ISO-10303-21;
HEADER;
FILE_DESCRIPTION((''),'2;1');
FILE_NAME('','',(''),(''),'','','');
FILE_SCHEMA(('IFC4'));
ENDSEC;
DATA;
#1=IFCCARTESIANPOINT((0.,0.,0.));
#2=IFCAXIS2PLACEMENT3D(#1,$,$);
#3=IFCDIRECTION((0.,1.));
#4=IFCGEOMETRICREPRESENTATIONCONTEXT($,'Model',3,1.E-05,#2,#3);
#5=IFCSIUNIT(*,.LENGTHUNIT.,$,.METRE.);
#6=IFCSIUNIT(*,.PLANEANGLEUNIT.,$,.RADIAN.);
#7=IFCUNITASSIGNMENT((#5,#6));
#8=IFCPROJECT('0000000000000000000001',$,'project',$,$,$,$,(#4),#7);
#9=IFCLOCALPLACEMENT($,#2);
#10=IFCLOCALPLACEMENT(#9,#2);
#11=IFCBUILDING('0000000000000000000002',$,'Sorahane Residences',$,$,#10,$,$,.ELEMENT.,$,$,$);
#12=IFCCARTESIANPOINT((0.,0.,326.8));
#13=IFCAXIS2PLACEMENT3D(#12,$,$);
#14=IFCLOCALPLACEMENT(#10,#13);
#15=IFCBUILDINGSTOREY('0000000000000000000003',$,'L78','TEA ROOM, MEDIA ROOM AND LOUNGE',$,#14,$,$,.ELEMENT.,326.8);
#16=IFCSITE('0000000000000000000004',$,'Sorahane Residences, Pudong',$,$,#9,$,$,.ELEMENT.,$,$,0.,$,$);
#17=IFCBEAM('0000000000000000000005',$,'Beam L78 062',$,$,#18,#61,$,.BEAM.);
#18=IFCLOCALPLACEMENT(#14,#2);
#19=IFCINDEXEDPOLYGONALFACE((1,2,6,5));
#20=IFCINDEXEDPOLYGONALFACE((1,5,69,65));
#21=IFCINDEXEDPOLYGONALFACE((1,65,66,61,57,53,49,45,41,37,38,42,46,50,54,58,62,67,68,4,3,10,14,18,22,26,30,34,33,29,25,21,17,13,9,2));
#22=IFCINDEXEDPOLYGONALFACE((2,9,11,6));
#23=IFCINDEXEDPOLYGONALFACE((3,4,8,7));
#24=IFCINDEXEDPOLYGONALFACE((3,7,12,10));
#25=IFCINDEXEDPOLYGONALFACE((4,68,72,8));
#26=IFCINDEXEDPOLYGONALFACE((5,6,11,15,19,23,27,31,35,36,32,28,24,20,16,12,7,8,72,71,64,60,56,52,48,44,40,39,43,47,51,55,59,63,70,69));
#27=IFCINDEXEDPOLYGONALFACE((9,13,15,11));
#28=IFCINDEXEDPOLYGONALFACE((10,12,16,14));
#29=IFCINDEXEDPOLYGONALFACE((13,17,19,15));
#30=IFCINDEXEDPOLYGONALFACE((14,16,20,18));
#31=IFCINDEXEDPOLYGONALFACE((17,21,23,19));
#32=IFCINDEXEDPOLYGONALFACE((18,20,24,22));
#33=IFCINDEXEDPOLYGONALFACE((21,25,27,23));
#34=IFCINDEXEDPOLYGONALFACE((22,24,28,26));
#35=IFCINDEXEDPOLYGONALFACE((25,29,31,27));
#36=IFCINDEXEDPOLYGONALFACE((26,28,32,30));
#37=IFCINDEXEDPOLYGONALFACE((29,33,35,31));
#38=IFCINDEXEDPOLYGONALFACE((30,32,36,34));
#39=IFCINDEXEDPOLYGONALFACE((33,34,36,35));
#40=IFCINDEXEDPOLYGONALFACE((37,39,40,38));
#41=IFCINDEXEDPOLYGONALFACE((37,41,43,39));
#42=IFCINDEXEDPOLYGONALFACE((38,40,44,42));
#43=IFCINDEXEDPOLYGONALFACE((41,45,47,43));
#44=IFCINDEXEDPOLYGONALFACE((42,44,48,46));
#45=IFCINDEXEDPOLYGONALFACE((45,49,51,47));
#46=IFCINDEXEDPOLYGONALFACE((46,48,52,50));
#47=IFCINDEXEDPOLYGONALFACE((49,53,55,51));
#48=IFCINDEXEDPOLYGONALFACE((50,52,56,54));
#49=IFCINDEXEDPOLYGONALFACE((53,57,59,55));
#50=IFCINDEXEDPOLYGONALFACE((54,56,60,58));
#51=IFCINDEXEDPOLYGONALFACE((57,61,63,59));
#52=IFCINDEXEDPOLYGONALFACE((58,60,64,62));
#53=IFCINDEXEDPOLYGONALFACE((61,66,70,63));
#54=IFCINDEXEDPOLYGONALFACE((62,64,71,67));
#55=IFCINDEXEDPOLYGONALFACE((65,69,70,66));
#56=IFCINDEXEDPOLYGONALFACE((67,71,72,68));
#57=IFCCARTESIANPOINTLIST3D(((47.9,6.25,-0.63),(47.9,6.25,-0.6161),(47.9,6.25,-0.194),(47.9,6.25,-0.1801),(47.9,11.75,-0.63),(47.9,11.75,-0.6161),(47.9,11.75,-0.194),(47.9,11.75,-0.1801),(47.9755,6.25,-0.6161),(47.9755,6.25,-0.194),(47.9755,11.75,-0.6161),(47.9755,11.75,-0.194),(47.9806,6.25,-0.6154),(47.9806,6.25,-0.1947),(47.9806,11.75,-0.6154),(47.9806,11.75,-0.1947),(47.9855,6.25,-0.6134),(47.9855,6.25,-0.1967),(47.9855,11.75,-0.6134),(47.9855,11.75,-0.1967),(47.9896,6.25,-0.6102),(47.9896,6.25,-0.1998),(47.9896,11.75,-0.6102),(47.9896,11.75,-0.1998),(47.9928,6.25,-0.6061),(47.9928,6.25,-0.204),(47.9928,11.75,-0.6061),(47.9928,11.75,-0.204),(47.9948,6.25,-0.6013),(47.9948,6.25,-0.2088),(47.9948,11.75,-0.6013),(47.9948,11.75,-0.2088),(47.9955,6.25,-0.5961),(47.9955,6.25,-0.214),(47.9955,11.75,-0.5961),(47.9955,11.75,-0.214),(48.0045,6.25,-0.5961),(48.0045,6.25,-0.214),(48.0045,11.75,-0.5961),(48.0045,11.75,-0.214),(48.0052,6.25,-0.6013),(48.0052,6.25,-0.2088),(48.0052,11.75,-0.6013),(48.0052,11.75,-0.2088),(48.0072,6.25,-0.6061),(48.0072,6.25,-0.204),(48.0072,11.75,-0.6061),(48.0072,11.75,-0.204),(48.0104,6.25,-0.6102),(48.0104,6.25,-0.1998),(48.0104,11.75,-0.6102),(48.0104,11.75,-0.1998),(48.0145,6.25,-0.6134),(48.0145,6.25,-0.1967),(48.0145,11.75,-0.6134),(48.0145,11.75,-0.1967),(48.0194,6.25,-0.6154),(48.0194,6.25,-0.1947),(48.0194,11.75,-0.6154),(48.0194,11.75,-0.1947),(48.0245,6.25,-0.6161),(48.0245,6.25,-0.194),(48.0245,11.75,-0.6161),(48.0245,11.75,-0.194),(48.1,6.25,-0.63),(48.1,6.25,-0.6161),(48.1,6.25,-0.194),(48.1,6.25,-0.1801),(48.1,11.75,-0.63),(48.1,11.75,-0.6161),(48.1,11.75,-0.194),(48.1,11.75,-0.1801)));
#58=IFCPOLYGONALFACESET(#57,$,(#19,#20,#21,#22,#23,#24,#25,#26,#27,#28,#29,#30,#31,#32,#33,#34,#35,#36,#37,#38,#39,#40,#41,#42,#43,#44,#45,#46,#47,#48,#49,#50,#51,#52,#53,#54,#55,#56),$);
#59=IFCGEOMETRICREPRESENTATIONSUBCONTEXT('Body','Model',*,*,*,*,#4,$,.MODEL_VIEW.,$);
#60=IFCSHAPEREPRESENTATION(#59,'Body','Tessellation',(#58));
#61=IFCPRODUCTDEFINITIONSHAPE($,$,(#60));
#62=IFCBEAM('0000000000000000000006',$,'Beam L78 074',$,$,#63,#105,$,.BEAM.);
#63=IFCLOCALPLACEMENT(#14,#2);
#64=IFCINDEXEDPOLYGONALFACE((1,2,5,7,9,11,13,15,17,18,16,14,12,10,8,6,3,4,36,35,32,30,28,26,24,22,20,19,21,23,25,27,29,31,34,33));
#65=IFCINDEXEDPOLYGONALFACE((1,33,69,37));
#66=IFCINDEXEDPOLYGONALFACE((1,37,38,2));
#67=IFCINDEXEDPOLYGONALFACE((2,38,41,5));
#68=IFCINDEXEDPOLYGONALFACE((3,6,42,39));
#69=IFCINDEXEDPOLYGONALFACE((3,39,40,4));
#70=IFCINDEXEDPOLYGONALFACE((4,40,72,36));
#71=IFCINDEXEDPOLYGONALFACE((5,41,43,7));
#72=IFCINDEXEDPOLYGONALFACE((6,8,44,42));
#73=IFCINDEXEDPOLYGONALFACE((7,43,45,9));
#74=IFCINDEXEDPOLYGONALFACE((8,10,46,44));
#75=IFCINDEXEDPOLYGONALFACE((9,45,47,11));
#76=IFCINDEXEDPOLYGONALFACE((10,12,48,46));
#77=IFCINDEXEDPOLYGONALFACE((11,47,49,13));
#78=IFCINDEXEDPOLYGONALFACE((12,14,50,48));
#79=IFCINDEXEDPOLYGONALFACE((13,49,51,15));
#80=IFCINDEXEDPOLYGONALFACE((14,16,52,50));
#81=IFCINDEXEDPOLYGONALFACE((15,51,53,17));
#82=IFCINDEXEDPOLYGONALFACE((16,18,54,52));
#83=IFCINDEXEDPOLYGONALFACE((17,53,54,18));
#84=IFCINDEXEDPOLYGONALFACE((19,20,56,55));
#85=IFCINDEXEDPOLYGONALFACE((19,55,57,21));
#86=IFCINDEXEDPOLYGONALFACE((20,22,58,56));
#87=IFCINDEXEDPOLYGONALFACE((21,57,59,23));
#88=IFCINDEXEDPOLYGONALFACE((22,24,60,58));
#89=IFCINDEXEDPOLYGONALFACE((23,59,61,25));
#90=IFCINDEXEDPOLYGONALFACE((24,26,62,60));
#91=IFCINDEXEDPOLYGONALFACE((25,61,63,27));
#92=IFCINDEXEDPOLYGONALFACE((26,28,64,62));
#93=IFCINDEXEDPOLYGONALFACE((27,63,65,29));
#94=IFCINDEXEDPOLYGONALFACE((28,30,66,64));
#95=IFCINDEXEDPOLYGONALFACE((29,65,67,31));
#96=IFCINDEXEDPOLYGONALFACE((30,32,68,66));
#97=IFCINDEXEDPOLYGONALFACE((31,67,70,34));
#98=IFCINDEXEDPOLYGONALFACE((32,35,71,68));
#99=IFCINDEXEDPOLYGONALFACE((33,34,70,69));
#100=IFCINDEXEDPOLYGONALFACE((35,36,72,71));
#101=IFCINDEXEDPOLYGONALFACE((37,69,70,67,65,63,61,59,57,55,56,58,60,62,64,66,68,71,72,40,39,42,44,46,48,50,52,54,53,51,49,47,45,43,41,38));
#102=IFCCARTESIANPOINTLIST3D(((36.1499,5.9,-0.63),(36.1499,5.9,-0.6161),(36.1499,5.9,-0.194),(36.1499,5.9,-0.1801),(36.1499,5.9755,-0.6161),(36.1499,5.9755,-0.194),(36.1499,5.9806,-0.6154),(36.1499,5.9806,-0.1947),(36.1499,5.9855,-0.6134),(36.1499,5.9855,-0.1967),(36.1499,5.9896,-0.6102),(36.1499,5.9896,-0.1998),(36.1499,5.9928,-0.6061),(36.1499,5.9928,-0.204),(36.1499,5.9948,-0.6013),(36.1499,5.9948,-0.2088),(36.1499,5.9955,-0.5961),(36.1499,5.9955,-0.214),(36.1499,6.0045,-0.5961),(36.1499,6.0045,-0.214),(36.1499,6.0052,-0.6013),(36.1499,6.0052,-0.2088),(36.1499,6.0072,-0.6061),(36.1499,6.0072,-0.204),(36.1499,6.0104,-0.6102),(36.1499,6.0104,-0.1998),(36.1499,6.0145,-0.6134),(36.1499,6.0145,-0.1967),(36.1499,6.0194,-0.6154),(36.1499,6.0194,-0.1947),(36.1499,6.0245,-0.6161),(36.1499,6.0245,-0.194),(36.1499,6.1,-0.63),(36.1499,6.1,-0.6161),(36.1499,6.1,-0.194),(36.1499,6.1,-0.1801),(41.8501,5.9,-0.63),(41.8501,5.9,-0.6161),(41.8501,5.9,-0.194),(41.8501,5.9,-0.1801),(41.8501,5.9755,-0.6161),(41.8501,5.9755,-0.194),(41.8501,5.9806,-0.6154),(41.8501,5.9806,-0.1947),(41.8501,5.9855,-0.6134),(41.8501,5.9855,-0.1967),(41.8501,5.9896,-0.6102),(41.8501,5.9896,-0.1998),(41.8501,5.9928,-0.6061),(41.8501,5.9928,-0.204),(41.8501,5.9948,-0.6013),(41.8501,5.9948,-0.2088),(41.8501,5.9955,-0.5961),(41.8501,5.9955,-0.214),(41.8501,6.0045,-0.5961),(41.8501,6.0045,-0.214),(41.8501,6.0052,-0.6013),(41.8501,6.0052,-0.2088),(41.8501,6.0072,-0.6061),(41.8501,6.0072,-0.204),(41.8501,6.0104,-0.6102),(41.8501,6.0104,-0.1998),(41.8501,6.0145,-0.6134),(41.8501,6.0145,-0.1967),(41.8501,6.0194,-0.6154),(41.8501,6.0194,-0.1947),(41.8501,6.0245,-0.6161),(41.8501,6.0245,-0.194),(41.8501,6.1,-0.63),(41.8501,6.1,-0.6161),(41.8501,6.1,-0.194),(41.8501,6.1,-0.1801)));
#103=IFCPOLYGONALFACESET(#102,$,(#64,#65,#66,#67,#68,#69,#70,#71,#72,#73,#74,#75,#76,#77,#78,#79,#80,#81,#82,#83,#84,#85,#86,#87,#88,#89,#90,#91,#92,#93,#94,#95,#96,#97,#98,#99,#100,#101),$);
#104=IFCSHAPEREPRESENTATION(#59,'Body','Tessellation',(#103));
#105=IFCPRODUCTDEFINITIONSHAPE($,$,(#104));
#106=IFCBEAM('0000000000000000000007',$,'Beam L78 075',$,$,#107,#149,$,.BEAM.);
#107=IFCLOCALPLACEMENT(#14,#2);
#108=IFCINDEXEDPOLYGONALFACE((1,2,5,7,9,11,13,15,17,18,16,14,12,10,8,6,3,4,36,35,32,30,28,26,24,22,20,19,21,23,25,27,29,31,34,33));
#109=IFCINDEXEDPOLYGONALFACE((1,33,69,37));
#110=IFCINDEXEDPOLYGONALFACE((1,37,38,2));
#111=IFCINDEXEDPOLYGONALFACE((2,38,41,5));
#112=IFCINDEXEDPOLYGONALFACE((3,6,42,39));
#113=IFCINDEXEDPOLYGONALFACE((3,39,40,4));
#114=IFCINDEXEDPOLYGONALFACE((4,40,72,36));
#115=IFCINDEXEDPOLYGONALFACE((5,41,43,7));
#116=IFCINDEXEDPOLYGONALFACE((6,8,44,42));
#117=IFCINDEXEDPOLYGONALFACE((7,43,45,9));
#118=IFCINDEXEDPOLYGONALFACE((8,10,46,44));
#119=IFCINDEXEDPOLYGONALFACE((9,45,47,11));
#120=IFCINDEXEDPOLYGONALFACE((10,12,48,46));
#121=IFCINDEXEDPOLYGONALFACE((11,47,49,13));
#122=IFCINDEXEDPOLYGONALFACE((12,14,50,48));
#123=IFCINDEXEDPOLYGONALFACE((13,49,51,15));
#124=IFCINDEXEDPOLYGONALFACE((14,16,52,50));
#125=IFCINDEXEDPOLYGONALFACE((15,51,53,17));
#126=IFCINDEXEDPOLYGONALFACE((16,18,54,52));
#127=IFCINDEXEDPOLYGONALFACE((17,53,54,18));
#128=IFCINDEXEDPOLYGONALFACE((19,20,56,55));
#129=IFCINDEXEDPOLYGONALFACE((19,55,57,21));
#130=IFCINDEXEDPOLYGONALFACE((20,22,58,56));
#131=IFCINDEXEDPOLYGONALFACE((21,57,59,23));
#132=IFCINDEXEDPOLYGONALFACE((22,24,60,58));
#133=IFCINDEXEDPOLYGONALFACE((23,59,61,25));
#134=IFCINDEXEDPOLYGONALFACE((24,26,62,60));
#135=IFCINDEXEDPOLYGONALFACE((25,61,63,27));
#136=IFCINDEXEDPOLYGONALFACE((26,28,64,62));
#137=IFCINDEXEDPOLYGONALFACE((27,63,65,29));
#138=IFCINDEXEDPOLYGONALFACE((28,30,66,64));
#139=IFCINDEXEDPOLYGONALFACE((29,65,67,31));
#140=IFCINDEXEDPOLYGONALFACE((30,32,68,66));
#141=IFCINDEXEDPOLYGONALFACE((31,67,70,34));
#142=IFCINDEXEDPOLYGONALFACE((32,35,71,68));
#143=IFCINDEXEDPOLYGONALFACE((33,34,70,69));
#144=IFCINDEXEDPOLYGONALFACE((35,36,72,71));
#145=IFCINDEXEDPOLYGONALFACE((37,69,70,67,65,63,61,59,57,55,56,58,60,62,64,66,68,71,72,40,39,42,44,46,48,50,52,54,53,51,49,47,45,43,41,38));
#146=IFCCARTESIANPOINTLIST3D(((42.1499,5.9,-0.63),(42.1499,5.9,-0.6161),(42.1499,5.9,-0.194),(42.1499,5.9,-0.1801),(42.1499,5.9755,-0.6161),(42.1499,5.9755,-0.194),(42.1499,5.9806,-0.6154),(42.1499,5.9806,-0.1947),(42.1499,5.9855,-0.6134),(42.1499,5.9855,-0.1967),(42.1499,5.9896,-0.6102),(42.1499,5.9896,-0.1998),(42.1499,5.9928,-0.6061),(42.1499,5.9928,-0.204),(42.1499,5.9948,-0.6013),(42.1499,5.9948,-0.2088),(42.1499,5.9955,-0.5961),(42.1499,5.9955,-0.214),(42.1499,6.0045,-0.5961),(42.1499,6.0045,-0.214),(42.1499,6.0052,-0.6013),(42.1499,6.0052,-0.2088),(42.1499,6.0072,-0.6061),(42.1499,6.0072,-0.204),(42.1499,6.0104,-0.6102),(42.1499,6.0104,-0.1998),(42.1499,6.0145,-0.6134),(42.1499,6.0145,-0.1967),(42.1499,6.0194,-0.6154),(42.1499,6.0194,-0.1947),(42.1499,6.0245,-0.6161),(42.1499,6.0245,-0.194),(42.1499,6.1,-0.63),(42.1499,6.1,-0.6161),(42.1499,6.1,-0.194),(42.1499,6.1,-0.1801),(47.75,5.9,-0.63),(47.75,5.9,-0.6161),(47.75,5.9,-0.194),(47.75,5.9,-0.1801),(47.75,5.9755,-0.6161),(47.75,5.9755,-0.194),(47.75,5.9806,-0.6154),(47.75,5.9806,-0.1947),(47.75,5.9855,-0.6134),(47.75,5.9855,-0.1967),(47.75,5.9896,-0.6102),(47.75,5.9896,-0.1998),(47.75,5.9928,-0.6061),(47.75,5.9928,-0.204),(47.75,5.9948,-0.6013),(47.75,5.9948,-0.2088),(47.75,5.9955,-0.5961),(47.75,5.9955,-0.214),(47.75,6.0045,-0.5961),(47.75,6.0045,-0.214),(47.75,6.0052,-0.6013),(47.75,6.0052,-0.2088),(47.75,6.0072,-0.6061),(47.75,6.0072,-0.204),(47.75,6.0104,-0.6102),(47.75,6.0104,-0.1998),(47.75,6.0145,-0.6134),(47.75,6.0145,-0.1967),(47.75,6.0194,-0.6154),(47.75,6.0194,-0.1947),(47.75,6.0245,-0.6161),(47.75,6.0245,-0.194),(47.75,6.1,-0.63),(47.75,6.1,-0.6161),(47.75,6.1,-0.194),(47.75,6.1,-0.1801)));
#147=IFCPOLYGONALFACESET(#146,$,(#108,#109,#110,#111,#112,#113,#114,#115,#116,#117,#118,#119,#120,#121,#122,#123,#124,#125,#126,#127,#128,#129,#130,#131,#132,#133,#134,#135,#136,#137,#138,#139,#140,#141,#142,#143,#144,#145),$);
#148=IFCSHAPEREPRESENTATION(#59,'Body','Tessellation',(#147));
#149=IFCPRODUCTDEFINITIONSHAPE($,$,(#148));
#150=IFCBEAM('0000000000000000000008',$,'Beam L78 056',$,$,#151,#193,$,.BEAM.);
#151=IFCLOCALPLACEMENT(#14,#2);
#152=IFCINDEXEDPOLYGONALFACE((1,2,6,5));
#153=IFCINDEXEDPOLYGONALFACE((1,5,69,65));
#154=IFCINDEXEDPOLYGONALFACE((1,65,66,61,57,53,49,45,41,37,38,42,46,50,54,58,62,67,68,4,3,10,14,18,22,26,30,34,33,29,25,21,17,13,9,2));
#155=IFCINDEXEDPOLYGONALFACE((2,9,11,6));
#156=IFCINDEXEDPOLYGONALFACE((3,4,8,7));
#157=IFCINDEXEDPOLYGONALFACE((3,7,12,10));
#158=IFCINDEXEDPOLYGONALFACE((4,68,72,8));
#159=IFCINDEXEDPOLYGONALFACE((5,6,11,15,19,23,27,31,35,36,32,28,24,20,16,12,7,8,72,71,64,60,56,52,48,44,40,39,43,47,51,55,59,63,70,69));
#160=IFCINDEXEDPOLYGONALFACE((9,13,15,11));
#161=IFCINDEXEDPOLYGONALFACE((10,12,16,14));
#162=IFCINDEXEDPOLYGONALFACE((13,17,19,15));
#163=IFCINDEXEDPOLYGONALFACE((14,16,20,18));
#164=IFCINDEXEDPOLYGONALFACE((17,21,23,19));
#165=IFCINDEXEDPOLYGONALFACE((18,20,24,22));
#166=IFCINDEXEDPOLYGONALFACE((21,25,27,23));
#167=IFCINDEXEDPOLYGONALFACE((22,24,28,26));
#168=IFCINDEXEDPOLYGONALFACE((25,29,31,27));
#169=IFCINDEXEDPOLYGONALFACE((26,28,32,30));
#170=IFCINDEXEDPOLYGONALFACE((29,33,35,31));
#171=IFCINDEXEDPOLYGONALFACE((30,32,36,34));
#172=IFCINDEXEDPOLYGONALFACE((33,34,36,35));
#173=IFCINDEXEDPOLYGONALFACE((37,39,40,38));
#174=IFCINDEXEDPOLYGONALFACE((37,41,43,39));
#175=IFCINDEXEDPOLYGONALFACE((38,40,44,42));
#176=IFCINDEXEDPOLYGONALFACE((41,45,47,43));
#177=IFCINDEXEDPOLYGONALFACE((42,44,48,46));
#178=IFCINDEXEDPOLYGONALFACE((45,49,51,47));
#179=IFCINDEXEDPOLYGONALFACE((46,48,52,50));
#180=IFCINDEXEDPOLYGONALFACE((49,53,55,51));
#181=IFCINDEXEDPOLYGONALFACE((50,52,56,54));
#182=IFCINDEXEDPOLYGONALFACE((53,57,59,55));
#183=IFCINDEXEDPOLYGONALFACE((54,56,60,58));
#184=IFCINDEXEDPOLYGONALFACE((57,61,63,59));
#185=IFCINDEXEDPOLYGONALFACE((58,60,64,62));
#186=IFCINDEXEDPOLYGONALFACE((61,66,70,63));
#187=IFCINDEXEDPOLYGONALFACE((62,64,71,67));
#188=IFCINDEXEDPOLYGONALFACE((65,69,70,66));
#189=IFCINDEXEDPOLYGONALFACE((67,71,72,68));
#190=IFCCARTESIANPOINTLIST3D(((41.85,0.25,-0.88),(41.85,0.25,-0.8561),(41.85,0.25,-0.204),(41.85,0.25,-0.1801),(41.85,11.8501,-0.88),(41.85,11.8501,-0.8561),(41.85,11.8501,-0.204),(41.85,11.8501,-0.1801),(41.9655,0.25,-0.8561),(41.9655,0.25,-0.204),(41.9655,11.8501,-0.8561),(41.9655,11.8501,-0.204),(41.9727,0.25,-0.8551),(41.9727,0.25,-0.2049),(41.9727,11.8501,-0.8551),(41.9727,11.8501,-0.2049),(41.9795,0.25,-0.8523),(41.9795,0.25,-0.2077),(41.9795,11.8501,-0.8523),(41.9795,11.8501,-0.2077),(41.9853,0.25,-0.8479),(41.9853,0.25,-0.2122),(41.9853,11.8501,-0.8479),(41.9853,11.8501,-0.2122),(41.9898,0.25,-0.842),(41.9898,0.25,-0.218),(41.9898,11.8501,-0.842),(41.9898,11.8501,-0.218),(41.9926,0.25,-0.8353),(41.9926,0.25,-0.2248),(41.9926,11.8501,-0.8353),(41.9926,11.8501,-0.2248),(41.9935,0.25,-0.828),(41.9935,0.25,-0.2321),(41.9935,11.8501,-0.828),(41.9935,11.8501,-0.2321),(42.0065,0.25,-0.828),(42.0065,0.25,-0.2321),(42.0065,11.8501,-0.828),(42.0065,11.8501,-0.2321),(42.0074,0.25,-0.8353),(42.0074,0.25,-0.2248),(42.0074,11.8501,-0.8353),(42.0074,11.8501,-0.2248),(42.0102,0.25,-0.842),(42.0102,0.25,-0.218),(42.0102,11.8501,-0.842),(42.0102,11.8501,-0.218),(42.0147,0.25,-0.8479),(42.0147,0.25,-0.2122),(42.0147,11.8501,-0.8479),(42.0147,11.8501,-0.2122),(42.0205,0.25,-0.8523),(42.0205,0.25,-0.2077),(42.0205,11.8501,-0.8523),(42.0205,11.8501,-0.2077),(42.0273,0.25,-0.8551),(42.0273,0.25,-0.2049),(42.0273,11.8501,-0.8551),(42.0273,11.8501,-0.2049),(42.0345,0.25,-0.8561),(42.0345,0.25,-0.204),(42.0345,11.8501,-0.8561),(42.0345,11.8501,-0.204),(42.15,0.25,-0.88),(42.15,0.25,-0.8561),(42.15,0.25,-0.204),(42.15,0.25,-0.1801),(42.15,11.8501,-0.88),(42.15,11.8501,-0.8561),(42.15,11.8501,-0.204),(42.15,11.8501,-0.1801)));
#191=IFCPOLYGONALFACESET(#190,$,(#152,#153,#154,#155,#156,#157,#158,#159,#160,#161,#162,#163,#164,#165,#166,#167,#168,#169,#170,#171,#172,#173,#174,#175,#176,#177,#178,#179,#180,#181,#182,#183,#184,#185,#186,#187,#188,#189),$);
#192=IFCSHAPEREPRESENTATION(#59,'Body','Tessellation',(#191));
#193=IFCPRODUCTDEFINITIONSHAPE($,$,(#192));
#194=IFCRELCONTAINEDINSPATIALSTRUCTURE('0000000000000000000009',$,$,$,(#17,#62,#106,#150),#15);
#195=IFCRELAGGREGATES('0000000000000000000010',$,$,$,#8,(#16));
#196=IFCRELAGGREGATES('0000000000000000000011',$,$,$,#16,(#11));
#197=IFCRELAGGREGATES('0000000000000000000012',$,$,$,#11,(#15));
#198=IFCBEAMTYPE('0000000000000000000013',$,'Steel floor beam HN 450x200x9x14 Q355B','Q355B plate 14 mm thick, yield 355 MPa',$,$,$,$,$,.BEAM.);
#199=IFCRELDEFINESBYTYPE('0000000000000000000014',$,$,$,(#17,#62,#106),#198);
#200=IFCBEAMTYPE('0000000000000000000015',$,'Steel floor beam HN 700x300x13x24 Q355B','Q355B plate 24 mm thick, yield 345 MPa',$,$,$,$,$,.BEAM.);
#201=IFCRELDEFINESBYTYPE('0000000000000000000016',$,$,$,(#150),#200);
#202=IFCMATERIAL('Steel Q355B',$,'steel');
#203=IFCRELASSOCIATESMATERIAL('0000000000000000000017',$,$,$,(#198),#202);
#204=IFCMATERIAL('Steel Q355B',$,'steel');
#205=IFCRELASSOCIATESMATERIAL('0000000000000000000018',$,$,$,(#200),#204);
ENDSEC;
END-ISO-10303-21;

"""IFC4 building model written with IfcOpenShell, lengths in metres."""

from ifc_helpers import new_model, si_unit, direction, frame, origin, origin_2d, place, context, subcontext, project, spatial, i_section, extrude, material, material_profile, profile_set, type_object, element, save


model = new_model("IFC4")

# Units and contexts
model_context = context("Model", 3, precision=1e-05, world=origin(), true_north=direction((0.0, 1.0)))
body_context = subcontext(model_context, "Body", "Model", "MODEL_VIEW")
ifc_project = project(units=[si_unit("LENGTHUNIT", "METRE"), si_unit("PLANEANGLEUNIT", "RADIAN")], contexts=[model_context])

# Site, building, storey
site_placement = place(None, origin())
site = spatial("IfcSite", under=ifc_project, at=site_placement, Name="Sorahane Residences, Pudong", CompositionType="ELEMENT", RefElevation=0.0)
building_placement = place(site_placement, origin())
building = spatial("IfcBuilding", under=site, at=building_placement, Name="Sorahane Residences", CompositionType="ELEMENT")
storey_placement = place(building_placement, frame((0.0, 0.0, 326.8)))
storey = spatial("IfcBuildingStorey", under=building, at=storey_placement, Name="L78", Description="TEA ROOM, MEDIA ROOM AND LOUNGE", CompositionType="ELEMENT", Elevation=326.8)

# Beams
ifc_material_1 = material(Name="Steel Q355B", Category="steel")
ifc_material_profile_1 = material_profile(ifc_material_1, i_section(OverallWidth=0.2, OverallDepth=0.45, WebThickness=0.009, FlangeThickness=0.0139, FilletRadius=0.02, at=origin_2d()), Name="HN 450x200x9x14")
ifc_profile_set_1 = profile_set([ifc_material_profile_1], Name="Steel Q355B")
beam_type_1 = type_object("IfcBeamType", Name="Steel floor beam HN 450x200x9x14 Q355B", Description="Q355B plate 14 mm thick, yield 355 MPa", PredefinedType="BEAM", material=ifc_profile_set_1)
for number, where, z_axis, x_axis, name in (
    (1, (48.0, 6.25, -0.405), (0.0, 1.0, 0.0), (-1.0, 0.0, 0.0), "Beam L78 062"),
):
    element("IfcBeam", number, at=place(storey_placement, frame(where, z_axis=z_axis, x_axis=x_axis)), inside=storey, type_object=beam_type_1, Name=name, PredefinedType="BEAM", context=body_context, shape_type="SweptSolid", body=[
        extrude(i_section(OverallWidth=0.2, OverallDepth=0.45, WebThickness=0.009, FlangeThickness=0.0139, FilletRadius=0.02, at=origin_2d()), origin(), (0.0, 0.0, 1.0), 5.5),
    ])
beam_1_placement = place(storey_placement, frame((36.1499, 6.0, -0.405), z_axis=(1.0, 0.0, 0.0), x_axis=(0.0, 1.0, 0.0)))
element("IfcBeam", 2, at=beam_1_placement, inside=storey, type_object=beam_type_1, Name="Beam L78 074", PredefinedType="BEAM", context=body_context, shape_type="SweptSolid", body=[
    extrude(i_section(OverallWidth=0.2, OverallDepth=0.45, WebThickness=0.009, FlangeThickness=0.0139, FilletRadius=0.02, at=origin_2d()), origin(), (0.0, 0.0, 1.0), 5.7002),
])
beam_2_placement = place(storey_placement, frame((42.1499, 6.0, -0.405), z_axis=(1.0, 0.0, 0.0), x_axis=(0.0, 1.0, 0.0)))
element("IfcBeam", 3, at=beam_2_placement, inside=storey, type_object=beam_type_1, Name="Beam L78 075", PredefinedType="BEAM", context=body_context, shape_type="SweptSolid", body=[
    extrude(i_section(OverallWidth=0.2, OverallDepth=0.45, WebThickness=0.009, FlangeThickness=0.0139, FilletRadius=0.02, at=origin_2d()), origin(), (0.0, 0.0, 1.0), 5.6001),
])
ifc_material_2 = material(Name="Steel Q355B", Category="steel")
ifc_material_profile_2 = material_profile(ifc_material_2, i_section(OverallWidth=0.3, OverallDepth=0.7, WebThickness=0.0129, FlangeThickness=0.0239, FilletRadius=0.0281, at=origin_2d()), Name="HN 700x300x13x24")
ifc_profile_set_2 = profile_set([ifc_material_profile_2], Name="Steel Q355B")
beam_type_2 = type_object("IfcBeamType", Name="Steel floor beam HN 700x300x13x24 Q355B", Description="Q355B plate 24 mm thick, yield 345 MPa", PredefinedType="BEAM", material=ifc_profile_set_2)
beam_3_placement = place(storey_placement, frame((42.0, 0.25, -0.53), z_axis=(0.0, 1.0, 0.0), x_axis=(-1.0, 0.0, 0.0)))
element("IfcBeam", 4, at=beam_3_placement, inside=storey, type_object=beam_type_2, Name="Beam L78 056", PredefinedType="BEAM", context=body_context, shape_type="SweptSolid", body=[
    extrude(i_section(OverallWidth=0.3, OverallDepth=0.7, WebThickness=0.0129, FlangeThickness=0.0239, FilletRadius=0.0281, at=origin_2d()), origin(), (0.0, 0.0, 1.0), 11.6001),
])

save(model, "model.ifc")
